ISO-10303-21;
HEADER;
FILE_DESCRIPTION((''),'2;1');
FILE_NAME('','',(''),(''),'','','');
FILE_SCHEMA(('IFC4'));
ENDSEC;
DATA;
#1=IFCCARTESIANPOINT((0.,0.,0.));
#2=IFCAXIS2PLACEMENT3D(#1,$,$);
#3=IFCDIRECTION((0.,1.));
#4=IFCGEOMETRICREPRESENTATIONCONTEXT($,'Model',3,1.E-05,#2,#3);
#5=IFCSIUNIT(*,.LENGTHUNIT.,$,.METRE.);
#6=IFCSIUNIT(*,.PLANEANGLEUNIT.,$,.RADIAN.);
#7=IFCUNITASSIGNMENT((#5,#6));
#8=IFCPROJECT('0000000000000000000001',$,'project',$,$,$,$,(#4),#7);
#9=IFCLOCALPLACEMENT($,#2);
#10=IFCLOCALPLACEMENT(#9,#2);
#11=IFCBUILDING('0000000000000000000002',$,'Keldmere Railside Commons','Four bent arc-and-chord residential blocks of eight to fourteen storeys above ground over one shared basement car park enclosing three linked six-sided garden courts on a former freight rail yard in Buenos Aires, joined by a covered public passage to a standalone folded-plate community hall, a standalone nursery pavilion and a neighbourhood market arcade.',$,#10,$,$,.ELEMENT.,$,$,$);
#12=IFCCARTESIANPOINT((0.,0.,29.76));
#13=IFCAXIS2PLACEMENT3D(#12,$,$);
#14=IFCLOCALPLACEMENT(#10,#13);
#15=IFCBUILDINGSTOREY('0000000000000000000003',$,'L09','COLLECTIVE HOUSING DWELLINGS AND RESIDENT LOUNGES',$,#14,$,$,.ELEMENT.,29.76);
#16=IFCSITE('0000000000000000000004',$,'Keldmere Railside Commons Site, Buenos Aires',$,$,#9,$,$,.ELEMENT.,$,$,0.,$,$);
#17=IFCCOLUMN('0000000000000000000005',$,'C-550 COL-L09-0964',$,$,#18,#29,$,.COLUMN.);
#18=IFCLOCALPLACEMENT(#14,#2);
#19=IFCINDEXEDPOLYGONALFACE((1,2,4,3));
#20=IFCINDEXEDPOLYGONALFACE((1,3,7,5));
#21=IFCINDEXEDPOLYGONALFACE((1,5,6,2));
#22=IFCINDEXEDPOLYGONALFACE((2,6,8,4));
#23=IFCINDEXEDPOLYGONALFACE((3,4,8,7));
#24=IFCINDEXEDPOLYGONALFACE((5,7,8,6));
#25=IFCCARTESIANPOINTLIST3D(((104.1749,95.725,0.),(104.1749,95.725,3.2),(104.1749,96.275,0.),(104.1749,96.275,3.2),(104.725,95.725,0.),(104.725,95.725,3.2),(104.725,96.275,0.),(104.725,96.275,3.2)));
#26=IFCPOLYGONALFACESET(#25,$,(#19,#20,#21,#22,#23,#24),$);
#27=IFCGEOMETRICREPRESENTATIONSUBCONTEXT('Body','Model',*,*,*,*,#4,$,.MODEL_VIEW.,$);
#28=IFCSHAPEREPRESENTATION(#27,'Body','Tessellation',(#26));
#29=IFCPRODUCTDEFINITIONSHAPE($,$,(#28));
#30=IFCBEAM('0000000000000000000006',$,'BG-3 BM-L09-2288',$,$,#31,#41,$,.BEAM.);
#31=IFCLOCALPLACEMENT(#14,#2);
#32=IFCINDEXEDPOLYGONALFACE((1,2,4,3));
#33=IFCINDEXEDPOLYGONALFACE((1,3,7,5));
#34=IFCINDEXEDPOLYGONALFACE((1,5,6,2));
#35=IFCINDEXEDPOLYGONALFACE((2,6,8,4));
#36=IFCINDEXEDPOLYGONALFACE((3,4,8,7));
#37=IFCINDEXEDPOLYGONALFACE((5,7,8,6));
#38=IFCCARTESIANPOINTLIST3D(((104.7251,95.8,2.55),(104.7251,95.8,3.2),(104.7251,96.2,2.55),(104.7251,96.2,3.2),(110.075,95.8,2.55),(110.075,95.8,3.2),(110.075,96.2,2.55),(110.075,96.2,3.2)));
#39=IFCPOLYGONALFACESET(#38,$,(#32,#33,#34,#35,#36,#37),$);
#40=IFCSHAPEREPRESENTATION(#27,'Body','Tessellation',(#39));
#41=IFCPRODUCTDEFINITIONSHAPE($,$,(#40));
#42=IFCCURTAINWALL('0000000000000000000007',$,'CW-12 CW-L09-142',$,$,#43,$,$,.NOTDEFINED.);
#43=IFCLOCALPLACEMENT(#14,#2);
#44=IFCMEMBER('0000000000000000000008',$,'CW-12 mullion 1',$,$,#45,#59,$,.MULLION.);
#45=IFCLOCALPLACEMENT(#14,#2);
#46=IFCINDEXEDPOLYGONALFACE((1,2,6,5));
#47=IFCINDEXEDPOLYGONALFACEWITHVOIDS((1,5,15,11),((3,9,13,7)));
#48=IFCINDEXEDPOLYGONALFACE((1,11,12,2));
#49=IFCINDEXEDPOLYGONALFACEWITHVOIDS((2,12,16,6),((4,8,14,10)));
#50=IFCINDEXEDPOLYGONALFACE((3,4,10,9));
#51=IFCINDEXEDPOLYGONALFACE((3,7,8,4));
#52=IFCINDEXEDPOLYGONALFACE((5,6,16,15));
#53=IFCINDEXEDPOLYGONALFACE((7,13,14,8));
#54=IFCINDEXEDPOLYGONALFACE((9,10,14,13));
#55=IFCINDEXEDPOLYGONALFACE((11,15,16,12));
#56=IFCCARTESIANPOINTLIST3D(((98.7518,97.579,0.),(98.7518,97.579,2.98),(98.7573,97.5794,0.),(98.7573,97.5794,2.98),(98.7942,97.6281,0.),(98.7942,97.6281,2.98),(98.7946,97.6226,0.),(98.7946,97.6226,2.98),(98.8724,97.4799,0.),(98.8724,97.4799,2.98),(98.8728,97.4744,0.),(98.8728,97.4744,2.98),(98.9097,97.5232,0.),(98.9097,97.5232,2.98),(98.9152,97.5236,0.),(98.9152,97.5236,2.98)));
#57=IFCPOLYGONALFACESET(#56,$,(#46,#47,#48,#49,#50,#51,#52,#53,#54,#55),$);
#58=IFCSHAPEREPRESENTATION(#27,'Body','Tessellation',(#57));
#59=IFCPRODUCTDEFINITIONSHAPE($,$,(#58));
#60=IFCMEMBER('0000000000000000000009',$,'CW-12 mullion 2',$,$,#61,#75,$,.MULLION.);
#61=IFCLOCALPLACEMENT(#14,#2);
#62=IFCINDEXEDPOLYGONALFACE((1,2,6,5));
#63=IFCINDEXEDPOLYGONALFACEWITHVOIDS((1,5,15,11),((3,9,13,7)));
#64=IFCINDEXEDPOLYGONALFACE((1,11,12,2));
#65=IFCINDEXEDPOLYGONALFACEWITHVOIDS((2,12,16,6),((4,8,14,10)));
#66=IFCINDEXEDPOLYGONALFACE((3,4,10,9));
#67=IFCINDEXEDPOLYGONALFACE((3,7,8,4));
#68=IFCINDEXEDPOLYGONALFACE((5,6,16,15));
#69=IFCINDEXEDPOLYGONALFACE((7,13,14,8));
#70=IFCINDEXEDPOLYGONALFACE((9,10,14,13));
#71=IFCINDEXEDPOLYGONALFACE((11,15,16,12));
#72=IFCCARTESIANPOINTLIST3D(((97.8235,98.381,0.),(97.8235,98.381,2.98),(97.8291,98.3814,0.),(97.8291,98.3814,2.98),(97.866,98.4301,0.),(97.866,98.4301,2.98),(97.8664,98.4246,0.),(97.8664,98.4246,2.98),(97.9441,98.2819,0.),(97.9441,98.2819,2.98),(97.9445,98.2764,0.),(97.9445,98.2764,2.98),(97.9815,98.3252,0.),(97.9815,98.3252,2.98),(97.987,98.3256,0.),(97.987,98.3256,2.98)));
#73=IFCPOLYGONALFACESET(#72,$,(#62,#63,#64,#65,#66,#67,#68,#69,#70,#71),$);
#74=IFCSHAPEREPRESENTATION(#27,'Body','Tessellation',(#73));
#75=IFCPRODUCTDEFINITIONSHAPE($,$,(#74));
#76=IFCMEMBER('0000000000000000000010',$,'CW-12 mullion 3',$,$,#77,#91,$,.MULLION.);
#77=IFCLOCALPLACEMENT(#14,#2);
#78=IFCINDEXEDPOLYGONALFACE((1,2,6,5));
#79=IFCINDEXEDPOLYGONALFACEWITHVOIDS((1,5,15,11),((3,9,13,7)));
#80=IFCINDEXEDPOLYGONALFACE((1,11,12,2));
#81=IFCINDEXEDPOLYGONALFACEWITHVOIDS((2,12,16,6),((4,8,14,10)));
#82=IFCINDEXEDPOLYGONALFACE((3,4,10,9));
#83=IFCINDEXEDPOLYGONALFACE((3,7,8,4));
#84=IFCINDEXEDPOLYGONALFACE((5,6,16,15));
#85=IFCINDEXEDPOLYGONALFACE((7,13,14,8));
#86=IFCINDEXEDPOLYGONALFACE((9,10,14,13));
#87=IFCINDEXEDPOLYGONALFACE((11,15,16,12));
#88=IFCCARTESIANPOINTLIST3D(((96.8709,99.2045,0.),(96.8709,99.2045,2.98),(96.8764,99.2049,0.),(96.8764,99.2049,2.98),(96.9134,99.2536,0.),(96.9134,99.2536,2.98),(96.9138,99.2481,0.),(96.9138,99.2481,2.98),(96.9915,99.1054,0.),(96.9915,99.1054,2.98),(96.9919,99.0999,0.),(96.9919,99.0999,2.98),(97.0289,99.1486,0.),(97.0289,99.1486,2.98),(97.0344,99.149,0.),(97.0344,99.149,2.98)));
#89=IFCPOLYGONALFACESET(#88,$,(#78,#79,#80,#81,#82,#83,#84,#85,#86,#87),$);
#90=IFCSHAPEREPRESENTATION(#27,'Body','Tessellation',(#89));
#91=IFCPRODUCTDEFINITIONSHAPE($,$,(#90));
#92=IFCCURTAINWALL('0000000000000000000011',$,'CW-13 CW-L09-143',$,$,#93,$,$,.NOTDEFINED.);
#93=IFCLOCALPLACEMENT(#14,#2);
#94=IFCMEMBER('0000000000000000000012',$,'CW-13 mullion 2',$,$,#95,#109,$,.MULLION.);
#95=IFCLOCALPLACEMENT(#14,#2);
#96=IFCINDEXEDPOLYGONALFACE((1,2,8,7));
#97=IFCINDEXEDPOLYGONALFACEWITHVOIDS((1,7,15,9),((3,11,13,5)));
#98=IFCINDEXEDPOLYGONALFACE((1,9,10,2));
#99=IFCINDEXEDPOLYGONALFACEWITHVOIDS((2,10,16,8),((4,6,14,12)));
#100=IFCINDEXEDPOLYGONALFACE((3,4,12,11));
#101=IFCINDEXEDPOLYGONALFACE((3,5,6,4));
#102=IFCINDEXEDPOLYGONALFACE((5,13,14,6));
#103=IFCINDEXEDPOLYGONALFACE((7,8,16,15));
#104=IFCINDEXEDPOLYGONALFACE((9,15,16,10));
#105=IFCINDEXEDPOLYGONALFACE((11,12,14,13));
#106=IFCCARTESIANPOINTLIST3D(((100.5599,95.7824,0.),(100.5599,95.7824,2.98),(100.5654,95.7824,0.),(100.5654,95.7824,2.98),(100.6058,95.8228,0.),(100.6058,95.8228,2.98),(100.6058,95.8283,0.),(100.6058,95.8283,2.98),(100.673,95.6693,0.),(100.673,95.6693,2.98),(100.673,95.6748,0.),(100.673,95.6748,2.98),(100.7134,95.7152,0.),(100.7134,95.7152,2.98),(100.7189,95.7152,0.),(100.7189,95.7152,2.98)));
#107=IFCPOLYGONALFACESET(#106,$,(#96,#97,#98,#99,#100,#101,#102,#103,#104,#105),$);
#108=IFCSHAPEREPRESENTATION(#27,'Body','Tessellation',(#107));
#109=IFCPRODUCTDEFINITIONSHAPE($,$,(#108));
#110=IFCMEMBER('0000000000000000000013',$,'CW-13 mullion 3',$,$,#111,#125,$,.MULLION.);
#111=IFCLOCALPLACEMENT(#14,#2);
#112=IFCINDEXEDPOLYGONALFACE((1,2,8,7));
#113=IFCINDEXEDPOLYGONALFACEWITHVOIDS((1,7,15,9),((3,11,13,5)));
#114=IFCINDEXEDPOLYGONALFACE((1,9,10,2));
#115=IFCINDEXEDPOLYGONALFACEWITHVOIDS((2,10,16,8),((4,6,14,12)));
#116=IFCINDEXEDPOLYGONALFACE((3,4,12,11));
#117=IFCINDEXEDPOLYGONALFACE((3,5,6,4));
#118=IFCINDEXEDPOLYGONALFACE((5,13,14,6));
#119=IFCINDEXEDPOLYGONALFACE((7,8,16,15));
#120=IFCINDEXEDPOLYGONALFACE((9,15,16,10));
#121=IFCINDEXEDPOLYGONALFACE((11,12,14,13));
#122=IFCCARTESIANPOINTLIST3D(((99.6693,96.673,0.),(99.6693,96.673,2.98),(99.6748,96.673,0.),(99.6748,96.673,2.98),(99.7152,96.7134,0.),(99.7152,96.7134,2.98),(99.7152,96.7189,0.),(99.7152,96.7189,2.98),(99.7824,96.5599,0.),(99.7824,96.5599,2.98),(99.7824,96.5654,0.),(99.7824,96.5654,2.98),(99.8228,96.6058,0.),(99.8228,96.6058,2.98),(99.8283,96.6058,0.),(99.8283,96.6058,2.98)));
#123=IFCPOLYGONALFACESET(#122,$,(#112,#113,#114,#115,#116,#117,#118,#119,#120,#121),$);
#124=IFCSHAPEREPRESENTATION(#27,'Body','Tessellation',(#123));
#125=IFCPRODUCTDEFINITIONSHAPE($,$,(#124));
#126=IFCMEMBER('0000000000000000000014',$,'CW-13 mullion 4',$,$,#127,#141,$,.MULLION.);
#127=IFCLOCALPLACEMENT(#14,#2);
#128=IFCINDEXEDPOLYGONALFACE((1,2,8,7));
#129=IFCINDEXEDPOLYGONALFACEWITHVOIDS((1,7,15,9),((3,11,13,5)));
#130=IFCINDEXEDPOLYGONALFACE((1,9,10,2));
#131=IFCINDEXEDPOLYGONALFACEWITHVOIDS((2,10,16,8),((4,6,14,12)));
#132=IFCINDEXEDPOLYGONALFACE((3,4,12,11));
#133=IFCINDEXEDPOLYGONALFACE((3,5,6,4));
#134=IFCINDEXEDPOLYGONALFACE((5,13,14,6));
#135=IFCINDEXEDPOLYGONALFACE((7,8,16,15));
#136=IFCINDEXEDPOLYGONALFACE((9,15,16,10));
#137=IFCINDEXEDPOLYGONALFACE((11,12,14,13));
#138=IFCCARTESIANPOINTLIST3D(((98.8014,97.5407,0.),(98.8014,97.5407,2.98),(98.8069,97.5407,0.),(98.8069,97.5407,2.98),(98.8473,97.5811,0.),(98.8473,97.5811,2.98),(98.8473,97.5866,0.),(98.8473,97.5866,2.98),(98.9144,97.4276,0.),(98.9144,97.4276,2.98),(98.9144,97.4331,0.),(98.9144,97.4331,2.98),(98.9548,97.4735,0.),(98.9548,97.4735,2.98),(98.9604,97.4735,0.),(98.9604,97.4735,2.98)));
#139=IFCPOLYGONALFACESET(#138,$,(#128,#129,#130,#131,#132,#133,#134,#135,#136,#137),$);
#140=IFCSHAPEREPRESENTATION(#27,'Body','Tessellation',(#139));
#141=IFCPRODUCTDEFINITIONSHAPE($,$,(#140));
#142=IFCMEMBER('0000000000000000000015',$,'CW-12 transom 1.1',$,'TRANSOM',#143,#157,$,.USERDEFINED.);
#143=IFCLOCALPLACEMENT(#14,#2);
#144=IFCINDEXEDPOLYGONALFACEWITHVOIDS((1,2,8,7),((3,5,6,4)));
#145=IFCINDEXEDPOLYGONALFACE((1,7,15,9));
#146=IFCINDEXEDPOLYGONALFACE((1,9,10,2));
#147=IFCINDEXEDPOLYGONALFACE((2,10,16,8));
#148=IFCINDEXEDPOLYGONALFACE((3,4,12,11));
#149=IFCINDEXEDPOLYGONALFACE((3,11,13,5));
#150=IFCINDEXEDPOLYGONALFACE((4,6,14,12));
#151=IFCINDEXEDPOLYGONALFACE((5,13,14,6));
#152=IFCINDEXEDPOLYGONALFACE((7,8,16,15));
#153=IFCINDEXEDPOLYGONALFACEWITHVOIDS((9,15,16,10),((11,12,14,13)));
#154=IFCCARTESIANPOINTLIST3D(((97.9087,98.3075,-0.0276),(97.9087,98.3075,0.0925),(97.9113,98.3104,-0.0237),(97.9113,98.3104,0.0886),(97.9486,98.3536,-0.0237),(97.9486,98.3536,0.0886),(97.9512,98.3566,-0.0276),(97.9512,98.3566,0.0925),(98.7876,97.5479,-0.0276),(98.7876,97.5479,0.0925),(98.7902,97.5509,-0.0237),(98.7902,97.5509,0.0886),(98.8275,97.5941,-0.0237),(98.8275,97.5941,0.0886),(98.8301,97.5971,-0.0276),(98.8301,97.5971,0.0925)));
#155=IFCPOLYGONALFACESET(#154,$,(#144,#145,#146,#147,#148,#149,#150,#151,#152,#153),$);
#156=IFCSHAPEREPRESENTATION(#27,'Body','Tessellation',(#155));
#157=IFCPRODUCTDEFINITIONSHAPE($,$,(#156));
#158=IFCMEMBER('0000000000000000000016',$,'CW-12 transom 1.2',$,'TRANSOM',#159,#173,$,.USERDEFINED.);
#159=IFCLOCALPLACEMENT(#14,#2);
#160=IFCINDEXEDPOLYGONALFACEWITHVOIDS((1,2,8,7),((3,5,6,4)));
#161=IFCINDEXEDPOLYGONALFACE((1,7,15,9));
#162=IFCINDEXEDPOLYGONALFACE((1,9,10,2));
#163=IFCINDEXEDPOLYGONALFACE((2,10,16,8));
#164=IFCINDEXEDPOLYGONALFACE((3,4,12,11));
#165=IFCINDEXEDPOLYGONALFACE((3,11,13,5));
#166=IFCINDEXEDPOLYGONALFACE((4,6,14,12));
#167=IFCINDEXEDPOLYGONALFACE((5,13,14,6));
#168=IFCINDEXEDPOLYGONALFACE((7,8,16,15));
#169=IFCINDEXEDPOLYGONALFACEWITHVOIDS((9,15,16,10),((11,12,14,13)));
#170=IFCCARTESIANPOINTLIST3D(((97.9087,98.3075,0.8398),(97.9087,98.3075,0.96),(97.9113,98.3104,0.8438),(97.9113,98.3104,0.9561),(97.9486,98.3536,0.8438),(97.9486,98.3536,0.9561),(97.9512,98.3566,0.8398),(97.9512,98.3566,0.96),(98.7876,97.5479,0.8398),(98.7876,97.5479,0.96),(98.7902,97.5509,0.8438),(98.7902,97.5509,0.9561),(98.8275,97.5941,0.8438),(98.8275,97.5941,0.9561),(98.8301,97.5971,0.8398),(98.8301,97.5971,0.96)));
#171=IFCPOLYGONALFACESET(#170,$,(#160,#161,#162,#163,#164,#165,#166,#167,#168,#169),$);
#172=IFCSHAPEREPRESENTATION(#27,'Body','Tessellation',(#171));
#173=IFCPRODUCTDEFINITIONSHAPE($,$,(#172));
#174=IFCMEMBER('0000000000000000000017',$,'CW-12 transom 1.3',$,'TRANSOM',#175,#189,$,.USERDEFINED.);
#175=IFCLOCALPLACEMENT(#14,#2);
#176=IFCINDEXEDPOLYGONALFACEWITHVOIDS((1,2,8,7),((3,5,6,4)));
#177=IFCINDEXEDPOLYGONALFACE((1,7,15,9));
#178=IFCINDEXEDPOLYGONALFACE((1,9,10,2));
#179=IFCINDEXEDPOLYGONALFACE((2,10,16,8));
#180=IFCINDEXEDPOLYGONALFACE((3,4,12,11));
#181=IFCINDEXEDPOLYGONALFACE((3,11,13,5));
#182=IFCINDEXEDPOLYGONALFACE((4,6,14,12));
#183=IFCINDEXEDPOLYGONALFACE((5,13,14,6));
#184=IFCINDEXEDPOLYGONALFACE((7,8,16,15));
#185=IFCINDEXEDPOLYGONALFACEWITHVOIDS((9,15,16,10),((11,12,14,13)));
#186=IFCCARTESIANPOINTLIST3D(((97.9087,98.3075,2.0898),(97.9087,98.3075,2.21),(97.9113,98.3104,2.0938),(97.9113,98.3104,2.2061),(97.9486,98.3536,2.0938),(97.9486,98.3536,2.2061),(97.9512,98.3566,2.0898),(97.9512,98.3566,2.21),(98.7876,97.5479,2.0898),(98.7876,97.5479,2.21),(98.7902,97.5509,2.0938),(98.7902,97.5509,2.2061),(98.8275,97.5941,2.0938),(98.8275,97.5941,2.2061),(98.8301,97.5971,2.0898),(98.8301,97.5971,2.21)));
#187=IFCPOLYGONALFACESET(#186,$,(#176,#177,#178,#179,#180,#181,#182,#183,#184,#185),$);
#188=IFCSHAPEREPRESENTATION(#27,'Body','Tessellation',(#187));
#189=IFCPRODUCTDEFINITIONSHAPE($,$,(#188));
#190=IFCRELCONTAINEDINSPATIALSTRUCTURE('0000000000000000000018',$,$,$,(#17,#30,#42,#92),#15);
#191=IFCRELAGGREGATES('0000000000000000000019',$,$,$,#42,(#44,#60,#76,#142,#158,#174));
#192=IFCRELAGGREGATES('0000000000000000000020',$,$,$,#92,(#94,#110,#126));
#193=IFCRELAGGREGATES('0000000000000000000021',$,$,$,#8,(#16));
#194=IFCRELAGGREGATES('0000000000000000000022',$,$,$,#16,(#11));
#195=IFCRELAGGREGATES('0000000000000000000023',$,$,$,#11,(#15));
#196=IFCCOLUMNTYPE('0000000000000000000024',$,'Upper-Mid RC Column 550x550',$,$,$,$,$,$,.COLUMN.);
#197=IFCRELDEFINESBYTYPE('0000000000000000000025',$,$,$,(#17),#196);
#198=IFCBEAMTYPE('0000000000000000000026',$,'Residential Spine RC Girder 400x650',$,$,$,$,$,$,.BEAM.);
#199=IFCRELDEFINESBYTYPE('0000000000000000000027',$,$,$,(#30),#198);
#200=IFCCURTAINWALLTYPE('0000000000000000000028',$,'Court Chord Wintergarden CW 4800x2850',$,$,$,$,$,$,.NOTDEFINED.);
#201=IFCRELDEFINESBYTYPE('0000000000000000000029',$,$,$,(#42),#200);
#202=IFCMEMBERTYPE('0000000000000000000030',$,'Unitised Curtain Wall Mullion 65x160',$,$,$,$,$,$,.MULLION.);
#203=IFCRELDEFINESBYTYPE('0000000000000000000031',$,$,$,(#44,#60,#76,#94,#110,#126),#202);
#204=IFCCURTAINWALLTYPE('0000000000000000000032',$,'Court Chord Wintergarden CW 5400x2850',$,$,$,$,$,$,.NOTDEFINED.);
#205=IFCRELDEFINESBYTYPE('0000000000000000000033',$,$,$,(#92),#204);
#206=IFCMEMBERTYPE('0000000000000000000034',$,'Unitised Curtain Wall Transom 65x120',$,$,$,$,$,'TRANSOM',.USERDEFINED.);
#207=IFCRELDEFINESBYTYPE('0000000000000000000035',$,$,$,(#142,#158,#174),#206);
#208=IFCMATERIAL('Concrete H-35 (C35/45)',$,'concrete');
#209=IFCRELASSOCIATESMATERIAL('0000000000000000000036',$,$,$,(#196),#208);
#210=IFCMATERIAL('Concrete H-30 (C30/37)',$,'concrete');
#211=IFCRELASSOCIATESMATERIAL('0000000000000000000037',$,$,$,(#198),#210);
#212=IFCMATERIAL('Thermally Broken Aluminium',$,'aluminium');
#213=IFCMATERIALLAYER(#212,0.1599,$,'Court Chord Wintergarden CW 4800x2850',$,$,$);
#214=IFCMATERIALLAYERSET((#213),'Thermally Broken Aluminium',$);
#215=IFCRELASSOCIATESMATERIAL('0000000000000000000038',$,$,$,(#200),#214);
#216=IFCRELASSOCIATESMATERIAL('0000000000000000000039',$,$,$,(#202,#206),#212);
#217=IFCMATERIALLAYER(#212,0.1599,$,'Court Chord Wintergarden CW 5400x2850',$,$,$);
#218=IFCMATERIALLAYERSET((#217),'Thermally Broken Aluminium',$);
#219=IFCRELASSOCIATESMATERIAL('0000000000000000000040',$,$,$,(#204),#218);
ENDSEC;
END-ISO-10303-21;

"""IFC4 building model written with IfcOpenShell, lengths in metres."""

from ifc_helpers import new_model, si_unit, direction, frame, origin, origin_2d, place, context, subcontext, project, spatial, rectangle, hollow_rectangle, extrude, material, layer, layer_set, material_profile, profile_set, type_object, element, aggregate, save


model = new_model("IFC4")

# Units and contexts
model_context = context("Model", 3, precision=1e-05, world=origin(), true_north=direction((0.0, 1.0)))
body_context = subcontext(model_context, "Body", "Model", "MODEL_VIEW")
ifc_project = project(units=[si_unit("LENGTHUNIT", "METRE"), si_unit("PLANEANGLEUNIT", "RADIAN")], contexts=[model_context])

# Site, building, storey
site_placement = place(None, origin())
site = spatial("IfcSite", under=ifc_project, at=site_placement, Name="Keldmere Railside Commons Site, Buenos Aires", CompositionType="ELEMENT", RefElevation=0.0)
building_placement = place(site_placement, origin())
building = spatial("IfcBuilding", under=site, at=building_placement, Name="Keldmere Railside Commons", Description="Four bent arc-and-chord residential blocks of eight to fourteen storeys above ground over one shared basement car park enclosing three linked six-sided garden courts on a former freight rail yard in Buenos Aires, joined by a covered public passage to a standalone folded-plate community hall, a standalone nursery pavilion and a neighbourhood market arcade.", CompositionType="ELEMENT")
storey_placement = place(building_placement, frame((0.0, 0.0, 29.76)))
storey = spatial("IfcBuildingStorey", under=building, at=storey_placement, Name="L09", Description="COLLECTIVE HOUSING DWELLINGS AND RESIDENT LOUNGES", CompositionType="ELEMENT", Elevation=29.76)

# Column
ifc_material_1 = material(Name="Concrete H-35 (C35/45)", Category="concrete")
ifc_material_profile_1 = material_profile(ifc_material_1, rectangle(XDim=0.55, YDim=0.55, at=origin_2d()), Name="RC-550x550")
ifc_profile_set_1 = profile_set([ifc_material_profile_1], Name="Concrete H-35 (C35/45)")
column_type = type_object("IfcColumnType", Name="Upper-Mid RC Column 550x550", PredefinedType="COLUMN", material=ifc_profile_set_1)
column_placement = place(storey_placement, frame((104.45, 96.0, 0.0), z_axis=(0.0, 0.0, 1.0), x_axis=(1.0, 0.0, 0.0)))
element("IfcColumn", 1, at=column_placement, inside=storey, type_object=column_type, Name="C-550 COL-L09-0964", PredefinedType="COLUMN", context=body_context, shape_type="SweptSolid", body=[
    extrude(rectangle(XDim=0.55, YDim=0.55, at=origin_2d()), origin(), (0.0, 0.0, 1.0), 3.2),
])

# Beam
ifc_material_2 = material(Name="Concrete H-30 (C30/37)", Category="concrete")
ifc_material_profile_2 = material_profile(ifc_material_2, rectangle(XDim=0.3999, YDim=0.6499, at=origin_2d()), Name="RC-400x650")
ifc_profile_set_2 = profile_set([ifc_material_profile_2], Name="Concrete H-30 (C30/37)")
beam_type = type_object("IfcBeamType", Name="Residential Spine RC Girder 400x650", PredefinedType="BEAM", material=ifc_profile_set_2)
beam_placement = place(storey_placement, frame((104.7251, 96.0, 2.875), z_axis=(1.0, 0.0, 0.0), x_axis=(0.0, 1.0, 0.0)))
element("IfcBeam", 2, at=beam_placement, inside=storey, type_object=beam_type, Name="BG-3 BM-L09-2288", PredefinedType="BEAM", context=body_context, shape_type="SweptSolid", body=[
    extrude(rectangle(XDim=0.3999, YDim=0.6499, at=origin_2d()), origin(), (0.0, 0.0, 1.0), 5.3499),
])

# Curtain walls, members
ifc_material_3 = material(Name="Thermally Broken Aluminium", Category="aluminium")
ifc_layer_1 = layer(ifc_material_3, 0.1599, Name="Court Chord Wintergarden CW 4800x2850")
ifc_layer_set_1 = layer_set([ifc_layer_1], Name="Thermally Broken Aluminium")
curtain_wall_type_1 = type_object("IfcCurtainWallType", Name="Court Chord Wintergarden CW 4800x2850", PredefinedType="NOTDEFINED", material=ifc_layer_set_1)
curtain_wall_1_placement = place(storey_placement, origin())
curtain_wall_1 = element("IfcCurtainWall", 3, at=curtain_wall_1_placement, inside=storey, type_object=curtain_wall_type_1, Name="CW-12 CW-L09-142", PredefinedType="NOTDEFINED")
ifc_material_profile_3 = material_profile(ifc_material_3, hollow_rectangle(XDim=0.0649, YDim=0.1599, WallThickness=0.0039, at=origin_2d()), Name="ALU-MULL-65x160")
ifc_profile_set_3 = profile_set([ifc_material_profile_3], Name="Thermally Broken Aluminium")
member_type_1 = type_object("IfcMemberType", Name="Unitised Curtain Wall Mullion 65x160", PredefinedType="MULLION", material=ifc_profile_set_3)
member_1_placement = place(storey_placement, frame((98.8335, 97.5513, 0.0), z_axis=(0.0, 0.0, 1.0), x_axis=(-0.653882, -0.756597, 0.0)))
member_1 = element("IfcMember", 4, at=member_1_placement, type_object=member_type_1, Name="CW-12 mullion 1", PredefinedType="MULLION", context=body_context, shape_type="SweptSolid", body=[
    extrude(hollow_rectangle(XDim=0.0649, YDim=0.1599, WallThickness=0.0039, at=origin_2d()), origin(), (0.0, 0.0, 1.0), 2.98),
])
member_2_placement = place(storey_placement, frame((97.9053, 98.3533, 0.0), z_axis=(0.0, 0.0, 1.0), x_axis=(-0.653882, -0.756597, 0.0)))
member_2 = element("IfcMember", 5, at=member_2_placement, type_object=member_type_1, Name="CW-12 mullion 2", PredefinedType="MULLION", context=body_context, shape_type="SweptSolid", body=[
    extrude(hollow_rectangle(XDim=0.0649, YDim=0.1599, WallThickness=0.0039, at=origin_2d()), origin(), (0.0, 0.0, 1.0), 2.98),
])
member_3_placement = place(storey_placement, frame((96.9526, 99.1768, 0.0), z_axis=(0.0, 0.0, 1.0), x_axis=(-0.653882, -0.756597, 0.0)))
member_3 = element("IfcMember", 6, at=member_3_placement, type_object=member_type_1, Name="CW-12 mullion 3", PredefinedType="MULLION", context=body_context, shape_type="SweptSolid", body=[
    extrude(hollow_rectangle(XDim=0.0649, YDim=0.1599, WallThickness=0.0039, at=origin_2d()), origin(), (0.0, 0.0, 1.0), 2.98),
])
ifc_layer_2 = layer(ifc_material_3, 0.1599, Name="Court Chord Wintergarden CW 5400x2850")
ifc_layer_set_2 = layer_set([ifc_layer_2], Name="Thermally Broken Aluminium")
curtain_wall_type_2 = type_object("IfcCurtainWallType", Name="Court Chord Wintergarden CW 5400x2850", PredefinedType="NOTDEFINED", material=ifc_layer_set_2)
curtain_wall_2_placement = place(storey_placement, origin())
curtain_wall_2 = element("IfcCurtainWall", 7, at=curtain_wall_2_placement, inside=storey, type_object=curtain_wall_type_2, Name="CW-13 CW-L09-143", PredefinedType="NOTDEFINED")
member_4_placement = place(storey_placement, frame((100.6394, 95.7488, 0.0), z_axis=(0.0, 0.0, 1.0), x_axis=(-0.707107, -0.707107, 0.0)))
member_4 = element("IfcMember", 8, at=member_4_placement, type_object=member_type_1, Name="CW-13 mullion 2", PredefinedType="MULLION", context=body_context, shape_type="SweptSolid", body=[
    extrude(hollow_rectangle(XDim=0.0649, YDim=0.1599, WallThickness=0.0039, at=origin_2d()), origin(), (0.0, 0.0, 1.0), 2.98),
])
member_5_placement = place(storey_placement, frame((99.7488, 96.6394, 0.0), z_axis=(0.0, 0.0, 1.0), x_axis=(-0.707107, -0.707107, 0.0)))
member_5 = element("IfcMember", 9, at=member_5_placement, type_object=member_type_1, Name="CW-13 mullion 3", PredefinedType="MULLION", context=body_context, shape_type="SweptSolid", body=[
    extrude(hollow_rectangle(XDim=0.0649, YDim=0.1599, WallThickness=0.0039, at=origin_2d()), origin(), (0.0, 0.0, 1.0), 2.98),
])
member_6_placement = place(storey_placement, frame((98.8809, 97.5071, 0.0), z_axis=(0.0, 0.0, 1.0), x_axis=(-0.707107, -0.707107, 0.0)))
member_6 = element("IfcMember", 10, at=member_6_placement, type_object=member_type_1, Name="CW-13 mullion 4", PredefinedType="MULLION", context=body_context, shape_type="SweptSolid", body=[
    extrude(hollow_rectangle(XDim=0.0649, YDim=0.1599, WallThickness=0.0039, at=origin_2d()), origin(), (0.0, 0.0, 1.0), 2.98),
])

# Members
ifc_material_profile_4 = material_profile(ifc_material_3, hollow_rectangle(XDim=0.0649, YDim=0.1201, WallThickness=0.0039, at=origin_2d()), Name="ALU-TRAN-65x120")
ifc_profile_set_4 = profile_set([ifc_material_profile_4], Name="Thermally Broken Aluminium")
member_type_2 = type_object("IfcMemberType", Name="Unitised Curtain Wall Transom 65x120", ElementType="TRANSOM", PredefinedType="USERDEFINED", material=ifc_profile_set_4)
member_7_placement = place(storey_placement, frame((98.8088, 97.5725, 0.0325), z_axis=(-0.756624, 0.65385, 0.0), x_axis=(-0.65385, -0.756624, 0.0)))
member_7 = element("IfcMember", 11, at=member_7_placement, type_object=member_type_2, Name="CW-12 transom 1.1", ObjectType="TRANSOM", PredefinedType="USERDEFINED", context=body_context, shape_type="SweptSolid", body=[
    extrude(hollow_rectangle(XDim=0.0649, YDim=0.1201, WallThickness=0.0039, at=origin_2d()), origin(), (0.0, 0.0, 1.0), 1.1616),
])
member_8_placement = place(storey_placement, frame((98.8088, 97.5725, 0.8999), z_axis=(-0.756624, 0.65385, 0.0), x_axis=(-0.65385, -0.756624, 0.0)))
member_8 = element("IfcMember", 12, at=member_8_placement, type_object=member_type_2, Name="CW-12 transom 1.2", ObjectType="TRANSOM", PredefinedType="USERDEFINED", context=body_context, shape_type="SweptSolid", body=[
    extrude(hollow_rectangle(XDim=0.0649, YDim=0.1201, WallThickness=0.0039, at=origin_2d()), origin(), (0.0, 0.0, 1.0), 1.1616),
])
member_9_placement = place(storey_placement, frame((98.8088, 97.5725, 2.1499), z_axis=(-0.756624, 0.65385, 0.0), x_axis=(-0.65385, -0.756624, 0.0)))
member_9 = element("IfcMember", 13, at=member_9_placement, type_object=member_type_2, Name="CW-12 transom 1.3", ObjectType="TRANSOM", PredefinedType="USERDEFINED", context=body_context, shape_type="SweptSolid", body=[
    extrude(hollow_rectangle(XDim=0.0649, YDim=0.1201, WallThickness=0.0039, at=origin_2d()), origin(), (0.0, 0.0, 1.0), 1.1616),
])

aggregate(curtain_wall_1, [member_1, member_2, member_3, member_7, member_8, member_9])
aggregate(curtain_wall_2, [member_4, member_5, member_6])

save(model, "model.ifc")
